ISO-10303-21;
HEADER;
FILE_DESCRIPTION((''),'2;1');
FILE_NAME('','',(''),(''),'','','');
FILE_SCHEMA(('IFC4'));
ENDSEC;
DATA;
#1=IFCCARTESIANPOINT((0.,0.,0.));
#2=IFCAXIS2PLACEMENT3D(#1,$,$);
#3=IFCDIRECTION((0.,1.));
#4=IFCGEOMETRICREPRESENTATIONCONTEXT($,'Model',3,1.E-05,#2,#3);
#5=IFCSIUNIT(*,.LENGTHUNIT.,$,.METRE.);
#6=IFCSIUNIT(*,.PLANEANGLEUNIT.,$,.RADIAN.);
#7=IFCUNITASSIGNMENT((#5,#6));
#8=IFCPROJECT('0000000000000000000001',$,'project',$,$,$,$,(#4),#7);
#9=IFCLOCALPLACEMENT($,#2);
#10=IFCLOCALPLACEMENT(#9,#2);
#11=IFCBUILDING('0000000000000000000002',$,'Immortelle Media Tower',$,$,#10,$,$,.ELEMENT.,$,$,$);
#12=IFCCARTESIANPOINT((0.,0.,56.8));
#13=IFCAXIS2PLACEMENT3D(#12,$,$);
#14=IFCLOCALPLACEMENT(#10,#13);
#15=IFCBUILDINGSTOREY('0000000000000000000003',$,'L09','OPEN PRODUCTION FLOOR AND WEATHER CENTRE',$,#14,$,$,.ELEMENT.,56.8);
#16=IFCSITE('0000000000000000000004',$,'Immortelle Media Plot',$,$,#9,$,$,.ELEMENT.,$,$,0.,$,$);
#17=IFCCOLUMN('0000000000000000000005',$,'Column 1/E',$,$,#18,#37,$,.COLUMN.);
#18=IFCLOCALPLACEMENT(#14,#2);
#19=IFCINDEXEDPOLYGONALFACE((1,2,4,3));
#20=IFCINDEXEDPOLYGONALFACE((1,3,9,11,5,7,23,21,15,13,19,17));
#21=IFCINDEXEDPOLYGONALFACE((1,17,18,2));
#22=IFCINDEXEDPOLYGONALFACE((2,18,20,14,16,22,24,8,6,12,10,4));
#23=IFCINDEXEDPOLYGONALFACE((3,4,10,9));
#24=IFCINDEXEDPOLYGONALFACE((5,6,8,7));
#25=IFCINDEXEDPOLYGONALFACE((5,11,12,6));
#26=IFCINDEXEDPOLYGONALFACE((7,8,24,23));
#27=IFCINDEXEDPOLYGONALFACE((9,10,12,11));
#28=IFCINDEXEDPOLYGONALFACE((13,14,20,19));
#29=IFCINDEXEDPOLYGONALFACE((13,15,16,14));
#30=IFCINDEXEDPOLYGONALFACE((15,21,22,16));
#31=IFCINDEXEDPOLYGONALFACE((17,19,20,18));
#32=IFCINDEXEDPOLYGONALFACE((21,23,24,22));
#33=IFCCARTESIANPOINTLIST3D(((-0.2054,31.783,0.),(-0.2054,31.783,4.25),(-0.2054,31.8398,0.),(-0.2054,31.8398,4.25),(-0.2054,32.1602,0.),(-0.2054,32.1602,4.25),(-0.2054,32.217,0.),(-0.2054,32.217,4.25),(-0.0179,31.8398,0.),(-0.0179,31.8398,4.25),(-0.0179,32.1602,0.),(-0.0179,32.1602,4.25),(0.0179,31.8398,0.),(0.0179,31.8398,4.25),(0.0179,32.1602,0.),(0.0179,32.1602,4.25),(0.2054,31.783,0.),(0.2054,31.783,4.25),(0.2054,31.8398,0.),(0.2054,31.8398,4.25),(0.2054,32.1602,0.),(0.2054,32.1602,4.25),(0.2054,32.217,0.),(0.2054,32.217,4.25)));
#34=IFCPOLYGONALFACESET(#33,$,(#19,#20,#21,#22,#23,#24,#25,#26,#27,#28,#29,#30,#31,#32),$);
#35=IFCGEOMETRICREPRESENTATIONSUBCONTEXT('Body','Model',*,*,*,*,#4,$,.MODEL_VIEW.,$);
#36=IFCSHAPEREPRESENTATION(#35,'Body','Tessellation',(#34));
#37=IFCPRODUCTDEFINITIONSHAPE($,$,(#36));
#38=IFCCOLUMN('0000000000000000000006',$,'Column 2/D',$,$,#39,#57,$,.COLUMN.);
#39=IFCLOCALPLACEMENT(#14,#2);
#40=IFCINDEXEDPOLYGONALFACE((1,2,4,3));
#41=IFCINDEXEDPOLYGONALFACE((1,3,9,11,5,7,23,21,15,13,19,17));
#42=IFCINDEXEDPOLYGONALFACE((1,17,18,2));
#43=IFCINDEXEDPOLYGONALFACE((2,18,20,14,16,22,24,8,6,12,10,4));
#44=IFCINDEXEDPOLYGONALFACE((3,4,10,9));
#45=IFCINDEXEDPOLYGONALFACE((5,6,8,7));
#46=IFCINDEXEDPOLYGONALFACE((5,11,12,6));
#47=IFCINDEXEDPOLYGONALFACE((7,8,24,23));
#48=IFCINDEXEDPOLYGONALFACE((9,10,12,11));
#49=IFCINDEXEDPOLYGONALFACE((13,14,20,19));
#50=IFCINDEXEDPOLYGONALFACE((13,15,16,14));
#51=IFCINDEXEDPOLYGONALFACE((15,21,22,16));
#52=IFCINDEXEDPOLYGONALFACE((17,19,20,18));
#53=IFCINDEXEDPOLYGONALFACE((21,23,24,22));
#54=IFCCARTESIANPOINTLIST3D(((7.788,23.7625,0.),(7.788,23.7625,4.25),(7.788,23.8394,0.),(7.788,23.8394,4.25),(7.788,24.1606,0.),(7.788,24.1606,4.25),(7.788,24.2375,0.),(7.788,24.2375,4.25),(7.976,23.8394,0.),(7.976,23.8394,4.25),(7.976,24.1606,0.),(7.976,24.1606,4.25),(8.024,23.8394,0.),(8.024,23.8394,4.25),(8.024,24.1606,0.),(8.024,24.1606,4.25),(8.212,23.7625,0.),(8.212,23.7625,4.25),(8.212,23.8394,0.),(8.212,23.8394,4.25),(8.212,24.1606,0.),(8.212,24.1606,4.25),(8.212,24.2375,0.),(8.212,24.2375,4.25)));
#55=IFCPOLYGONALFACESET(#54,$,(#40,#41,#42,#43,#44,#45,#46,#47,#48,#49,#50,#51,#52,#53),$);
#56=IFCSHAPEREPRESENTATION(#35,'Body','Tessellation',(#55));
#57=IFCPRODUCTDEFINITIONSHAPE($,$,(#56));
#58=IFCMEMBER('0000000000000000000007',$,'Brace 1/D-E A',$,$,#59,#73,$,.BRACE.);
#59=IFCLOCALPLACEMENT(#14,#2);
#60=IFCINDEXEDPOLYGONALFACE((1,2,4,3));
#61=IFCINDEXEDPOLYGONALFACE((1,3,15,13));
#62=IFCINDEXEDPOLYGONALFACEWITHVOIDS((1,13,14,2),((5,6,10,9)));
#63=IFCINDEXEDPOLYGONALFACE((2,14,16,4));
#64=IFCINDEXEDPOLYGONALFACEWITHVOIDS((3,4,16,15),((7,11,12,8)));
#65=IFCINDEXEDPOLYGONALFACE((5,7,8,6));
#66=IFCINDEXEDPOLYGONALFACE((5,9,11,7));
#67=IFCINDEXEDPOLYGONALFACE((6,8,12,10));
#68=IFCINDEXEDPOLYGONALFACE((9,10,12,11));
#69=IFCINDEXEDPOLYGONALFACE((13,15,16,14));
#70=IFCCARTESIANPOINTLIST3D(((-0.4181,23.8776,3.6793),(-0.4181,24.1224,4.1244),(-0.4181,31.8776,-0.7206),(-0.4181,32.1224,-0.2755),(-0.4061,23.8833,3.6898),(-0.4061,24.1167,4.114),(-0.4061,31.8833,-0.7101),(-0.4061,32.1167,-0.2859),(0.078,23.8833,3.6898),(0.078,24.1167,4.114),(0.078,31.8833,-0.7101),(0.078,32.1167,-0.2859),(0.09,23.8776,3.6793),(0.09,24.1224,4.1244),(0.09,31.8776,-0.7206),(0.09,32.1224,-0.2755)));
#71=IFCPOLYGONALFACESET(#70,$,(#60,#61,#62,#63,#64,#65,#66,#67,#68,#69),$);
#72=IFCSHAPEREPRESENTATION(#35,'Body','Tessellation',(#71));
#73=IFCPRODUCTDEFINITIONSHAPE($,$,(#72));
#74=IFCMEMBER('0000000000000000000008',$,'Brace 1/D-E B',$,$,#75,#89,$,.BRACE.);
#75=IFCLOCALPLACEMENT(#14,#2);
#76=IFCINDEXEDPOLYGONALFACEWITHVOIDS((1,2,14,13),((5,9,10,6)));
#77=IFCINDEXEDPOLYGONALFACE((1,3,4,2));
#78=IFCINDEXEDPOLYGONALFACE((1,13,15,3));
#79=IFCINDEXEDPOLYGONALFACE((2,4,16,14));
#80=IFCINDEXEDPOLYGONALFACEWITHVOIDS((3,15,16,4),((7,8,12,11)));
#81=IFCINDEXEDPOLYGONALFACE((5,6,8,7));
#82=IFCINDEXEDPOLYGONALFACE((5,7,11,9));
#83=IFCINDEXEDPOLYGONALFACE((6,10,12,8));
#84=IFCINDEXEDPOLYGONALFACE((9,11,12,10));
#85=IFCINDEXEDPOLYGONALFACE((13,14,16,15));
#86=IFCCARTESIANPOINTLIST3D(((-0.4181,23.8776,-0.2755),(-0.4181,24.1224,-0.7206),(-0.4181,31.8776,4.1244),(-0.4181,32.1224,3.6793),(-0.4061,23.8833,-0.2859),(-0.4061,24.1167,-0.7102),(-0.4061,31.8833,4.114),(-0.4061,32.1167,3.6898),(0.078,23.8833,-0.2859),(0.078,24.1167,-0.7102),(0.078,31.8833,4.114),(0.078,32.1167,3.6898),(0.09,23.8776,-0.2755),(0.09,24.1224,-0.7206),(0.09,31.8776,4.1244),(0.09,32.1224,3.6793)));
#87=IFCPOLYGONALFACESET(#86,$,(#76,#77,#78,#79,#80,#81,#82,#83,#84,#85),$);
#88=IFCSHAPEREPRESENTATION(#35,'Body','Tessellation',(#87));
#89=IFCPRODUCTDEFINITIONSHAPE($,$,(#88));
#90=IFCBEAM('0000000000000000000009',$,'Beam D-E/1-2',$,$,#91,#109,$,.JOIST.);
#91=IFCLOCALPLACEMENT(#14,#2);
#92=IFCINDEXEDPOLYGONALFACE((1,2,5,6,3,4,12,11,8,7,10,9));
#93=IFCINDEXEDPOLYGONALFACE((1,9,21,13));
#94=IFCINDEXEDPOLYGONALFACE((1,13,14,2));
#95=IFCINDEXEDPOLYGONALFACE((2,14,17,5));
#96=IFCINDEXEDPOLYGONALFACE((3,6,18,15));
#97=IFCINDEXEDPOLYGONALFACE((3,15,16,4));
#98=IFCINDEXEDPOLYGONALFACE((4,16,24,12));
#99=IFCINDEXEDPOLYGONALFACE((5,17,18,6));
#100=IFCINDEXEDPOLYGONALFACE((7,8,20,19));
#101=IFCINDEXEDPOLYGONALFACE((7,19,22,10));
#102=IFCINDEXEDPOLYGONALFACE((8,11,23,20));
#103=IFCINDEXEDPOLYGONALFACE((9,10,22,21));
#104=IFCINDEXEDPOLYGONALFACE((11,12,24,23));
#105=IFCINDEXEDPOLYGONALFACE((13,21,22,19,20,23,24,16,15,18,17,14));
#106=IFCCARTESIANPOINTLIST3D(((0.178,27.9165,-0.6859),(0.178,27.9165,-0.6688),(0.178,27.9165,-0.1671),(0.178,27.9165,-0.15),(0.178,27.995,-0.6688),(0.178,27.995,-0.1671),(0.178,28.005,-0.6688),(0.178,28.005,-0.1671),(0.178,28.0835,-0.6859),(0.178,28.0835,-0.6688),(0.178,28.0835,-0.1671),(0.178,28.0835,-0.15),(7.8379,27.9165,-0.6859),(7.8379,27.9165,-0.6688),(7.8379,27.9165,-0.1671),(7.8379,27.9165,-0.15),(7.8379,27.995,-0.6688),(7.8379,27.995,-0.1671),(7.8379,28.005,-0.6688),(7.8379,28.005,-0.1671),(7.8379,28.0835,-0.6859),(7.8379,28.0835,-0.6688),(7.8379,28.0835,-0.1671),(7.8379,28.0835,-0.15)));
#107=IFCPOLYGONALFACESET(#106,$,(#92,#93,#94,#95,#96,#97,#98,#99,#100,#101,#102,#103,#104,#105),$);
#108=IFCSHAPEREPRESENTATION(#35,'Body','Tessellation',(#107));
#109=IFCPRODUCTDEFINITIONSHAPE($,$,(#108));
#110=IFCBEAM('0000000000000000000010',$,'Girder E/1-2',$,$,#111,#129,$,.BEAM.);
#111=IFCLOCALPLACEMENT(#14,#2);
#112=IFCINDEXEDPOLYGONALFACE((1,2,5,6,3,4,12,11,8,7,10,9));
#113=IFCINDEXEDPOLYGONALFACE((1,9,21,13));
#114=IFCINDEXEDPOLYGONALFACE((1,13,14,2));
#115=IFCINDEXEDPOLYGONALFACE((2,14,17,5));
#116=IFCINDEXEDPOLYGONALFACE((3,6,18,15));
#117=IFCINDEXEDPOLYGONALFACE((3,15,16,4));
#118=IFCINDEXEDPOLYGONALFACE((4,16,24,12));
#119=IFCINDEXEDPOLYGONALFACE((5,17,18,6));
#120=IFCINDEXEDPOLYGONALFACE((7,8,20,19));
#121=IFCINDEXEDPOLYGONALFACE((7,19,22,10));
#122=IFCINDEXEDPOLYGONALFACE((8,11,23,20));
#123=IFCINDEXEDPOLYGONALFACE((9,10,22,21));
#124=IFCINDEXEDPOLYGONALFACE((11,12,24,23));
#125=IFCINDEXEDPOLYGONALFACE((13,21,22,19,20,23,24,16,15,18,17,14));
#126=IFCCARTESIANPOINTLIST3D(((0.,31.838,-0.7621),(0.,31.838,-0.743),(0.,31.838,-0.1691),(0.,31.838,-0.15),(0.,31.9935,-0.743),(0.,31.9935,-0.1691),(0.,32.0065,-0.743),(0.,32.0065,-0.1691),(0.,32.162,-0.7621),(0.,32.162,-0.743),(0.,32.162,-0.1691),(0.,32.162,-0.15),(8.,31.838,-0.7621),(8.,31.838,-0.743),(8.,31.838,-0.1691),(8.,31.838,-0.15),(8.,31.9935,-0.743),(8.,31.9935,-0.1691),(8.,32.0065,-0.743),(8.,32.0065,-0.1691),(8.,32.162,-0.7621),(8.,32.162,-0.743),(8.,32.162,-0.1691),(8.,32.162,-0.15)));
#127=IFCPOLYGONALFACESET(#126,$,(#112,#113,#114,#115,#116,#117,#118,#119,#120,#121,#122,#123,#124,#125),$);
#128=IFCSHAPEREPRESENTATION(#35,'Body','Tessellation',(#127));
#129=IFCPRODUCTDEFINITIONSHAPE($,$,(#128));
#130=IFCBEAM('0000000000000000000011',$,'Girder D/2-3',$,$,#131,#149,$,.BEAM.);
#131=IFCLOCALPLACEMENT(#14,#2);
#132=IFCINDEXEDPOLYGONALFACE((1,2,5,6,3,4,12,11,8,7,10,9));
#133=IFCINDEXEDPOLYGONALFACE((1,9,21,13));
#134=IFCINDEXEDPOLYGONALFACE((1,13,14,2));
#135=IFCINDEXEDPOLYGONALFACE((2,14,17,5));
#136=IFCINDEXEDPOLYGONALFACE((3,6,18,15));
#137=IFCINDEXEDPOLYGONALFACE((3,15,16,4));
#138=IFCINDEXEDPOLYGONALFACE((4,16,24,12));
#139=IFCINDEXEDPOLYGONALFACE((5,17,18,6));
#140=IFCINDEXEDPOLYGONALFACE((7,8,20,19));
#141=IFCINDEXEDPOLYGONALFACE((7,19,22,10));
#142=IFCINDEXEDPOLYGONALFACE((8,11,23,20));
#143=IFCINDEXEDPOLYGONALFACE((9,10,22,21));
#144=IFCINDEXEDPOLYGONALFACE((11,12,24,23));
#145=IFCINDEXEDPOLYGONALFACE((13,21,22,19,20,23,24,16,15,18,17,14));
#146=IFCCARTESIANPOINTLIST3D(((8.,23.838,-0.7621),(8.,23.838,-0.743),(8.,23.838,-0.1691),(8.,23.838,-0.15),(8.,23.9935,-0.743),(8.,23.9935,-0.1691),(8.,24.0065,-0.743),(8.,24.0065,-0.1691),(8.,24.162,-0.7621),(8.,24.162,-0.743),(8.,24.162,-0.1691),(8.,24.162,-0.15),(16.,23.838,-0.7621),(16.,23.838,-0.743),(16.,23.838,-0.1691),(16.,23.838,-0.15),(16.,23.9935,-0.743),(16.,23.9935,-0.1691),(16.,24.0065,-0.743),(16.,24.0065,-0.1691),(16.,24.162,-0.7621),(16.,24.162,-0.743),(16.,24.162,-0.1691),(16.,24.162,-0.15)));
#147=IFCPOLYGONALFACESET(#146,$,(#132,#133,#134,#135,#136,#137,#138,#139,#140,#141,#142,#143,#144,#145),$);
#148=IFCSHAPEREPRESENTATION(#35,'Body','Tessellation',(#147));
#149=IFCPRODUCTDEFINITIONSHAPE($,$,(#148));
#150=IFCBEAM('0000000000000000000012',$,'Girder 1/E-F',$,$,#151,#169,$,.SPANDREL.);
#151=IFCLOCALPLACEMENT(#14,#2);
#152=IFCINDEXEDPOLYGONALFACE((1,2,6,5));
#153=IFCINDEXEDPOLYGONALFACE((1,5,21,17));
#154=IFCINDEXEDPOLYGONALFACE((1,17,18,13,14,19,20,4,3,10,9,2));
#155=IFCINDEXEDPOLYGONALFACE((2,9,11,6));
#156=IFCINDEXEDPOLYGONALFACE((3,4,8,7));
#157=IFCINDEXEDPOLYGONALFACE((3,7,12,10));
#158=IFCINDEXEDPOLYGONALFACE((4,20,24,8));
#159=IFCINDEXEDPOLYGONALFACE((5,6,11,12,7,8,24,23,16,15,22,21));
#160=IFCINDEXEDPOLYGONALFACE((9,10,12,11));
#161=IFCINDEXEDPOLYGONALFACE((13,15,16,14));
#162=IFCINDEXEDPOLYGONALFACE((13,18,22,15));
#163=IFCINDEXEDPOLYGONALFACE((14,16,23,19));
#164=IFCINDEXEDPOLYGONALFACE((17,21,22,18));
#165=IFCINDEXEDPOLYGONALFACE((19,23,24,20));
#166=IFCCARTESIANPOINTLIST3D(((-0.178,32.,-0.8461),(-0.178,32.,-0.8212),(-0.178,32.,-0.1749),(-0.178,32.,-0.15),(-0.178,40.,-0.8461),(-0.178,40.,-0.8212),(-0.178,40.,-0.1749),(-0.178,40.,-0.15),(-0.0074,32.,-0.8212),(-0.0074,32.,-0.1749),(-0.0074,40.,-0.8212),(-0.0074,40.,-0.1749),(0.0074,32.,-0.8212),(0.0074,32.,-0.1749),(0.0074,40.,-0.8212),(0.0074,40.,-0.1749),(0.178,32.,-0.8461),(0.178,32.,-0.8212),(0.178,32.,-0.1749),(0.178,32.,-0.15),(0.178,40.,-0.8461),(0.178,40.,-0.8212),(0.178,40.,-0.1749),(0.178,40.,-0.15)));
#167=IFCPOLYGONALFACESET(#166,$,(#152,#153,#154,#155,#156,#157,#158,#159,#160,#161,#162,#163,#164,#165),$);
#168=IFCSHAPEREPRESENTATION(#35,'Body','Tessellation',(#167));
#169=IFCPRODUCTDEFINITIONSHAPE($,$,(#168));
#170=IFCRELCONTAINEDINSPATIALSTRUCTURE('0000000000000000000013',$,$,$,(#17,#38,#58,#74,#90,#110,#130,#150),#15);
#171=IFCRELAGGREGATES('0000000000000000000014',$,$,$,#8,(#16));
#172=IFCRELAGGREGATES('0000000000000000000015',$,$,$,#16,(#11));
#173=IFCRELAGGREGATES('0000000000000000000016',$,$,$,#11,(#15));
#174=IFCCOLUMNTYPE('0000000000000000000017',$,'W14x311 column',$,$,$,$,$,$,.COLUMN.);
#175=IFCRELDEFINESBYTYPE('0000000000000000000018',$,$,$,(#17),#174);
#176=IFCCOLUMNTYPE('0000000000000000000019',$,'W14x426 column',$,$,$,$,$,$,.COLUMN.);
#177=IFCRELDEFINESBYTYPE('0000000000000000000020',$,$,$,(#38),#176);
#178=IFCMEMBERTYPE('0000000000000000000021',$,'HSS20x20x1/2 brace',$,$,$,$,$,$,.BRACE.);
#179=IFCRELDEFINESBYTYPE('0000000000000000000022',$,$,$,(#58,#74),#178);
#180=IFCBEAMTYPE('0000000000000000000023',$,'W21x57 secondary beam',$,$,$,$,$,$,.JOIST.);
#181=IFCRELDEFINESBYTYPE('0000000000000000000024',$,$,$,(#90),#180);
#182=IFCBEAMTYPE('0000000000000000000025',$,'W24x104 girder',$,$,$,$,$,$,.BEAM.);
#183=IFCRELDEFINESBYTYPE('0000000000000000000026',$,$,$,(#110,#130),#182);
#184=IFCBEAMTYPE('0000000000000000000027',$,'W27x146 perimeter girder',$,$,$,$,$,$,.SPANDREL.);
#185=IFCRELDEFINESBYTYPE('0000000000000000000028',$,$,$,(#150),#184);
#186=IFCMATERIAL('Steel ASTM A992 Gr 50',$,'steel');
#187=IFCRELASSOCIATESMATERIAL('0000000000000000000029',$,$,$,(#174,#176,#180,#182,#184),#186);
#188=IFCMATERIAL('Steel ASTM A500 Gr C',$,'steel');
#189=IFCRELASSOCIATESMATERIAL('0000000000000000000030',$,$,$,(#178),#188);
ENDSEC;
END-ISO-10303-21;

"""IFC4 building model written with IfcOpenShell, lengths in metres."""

from ifc_helpers import new_model, si_unit, direction, frame, origin, origin_2d, place, context, subcontext, project, spatial, hollow_rectangle, i_section, extrude, material, material_profile, profile_set, type_object, element, save


model = new_model("IFC4")

# Units and contexts
model_context = context("Model", 3, precision=1e-05, world=origin(), true_north=direction((0.0, 1.0)))
body_context = subcontext(model_context, "Body", "Model", "MODEL_VIEW")
ifc_project = project(units=[si_unit("LENGTHUNIT", "METRE"), si_unit("PLANEANGLEUNIT", "RADIAN")], contexts=[model_context])

# Site, building, storey
site_placement = place(None, origin())
site = spatial("IfcSite", under=ifc_project, at=site_placement, Name="Immortelle Media Plot", CompositionType="ELEMENT", RefElevation=0.0)
building_placement = place(site_placement, origin())
building = spatial("IfcBuilding", under=site, at=building_placement, Name="Immortelle Media Tower", CompositionType="ELEMENT")
storey_placement = place(building_placement, frame((0.0, 0.0, 56.8)))
storey = spatial("IfcBuildingStorey", under=building, at=storey_placement, Name="L09", Description="OPEN PRODUCTION FLOOR AND WEATHER CENTRE", CompositionType="ELEMENT", Elevation=56.8)

# Columns
ifc_material_1 = material(Name="Steel ASTM A992 Gr 50", Category="steel")
ifc_material_profile_1 = material_profile(ifc_material_1, i_section(OverallWidth=0.4109, OverallDepth=0.4341, WebThickness=0.0359, FlangeThickness=0.0569, at=origin_2d()), Name="W14x311")
ifc_profile_set_1 = profile_set([ifc_material_profile_1], Name="Steel ASTM A992 Gr 50")
column_type_1 = type_object("IfcColumnType", Name="W14x311 column", PredefinedType="COLUMN", material=ifc_profile_set_1)
column_1_placement = place(storey_placement, frame((0.0, 32.0, 0.0), z_axis=(0.0, 0.0, 1.0), x_axis=(1.0, 0.0, 0.0)))
element("IfcColumn", 1, at=column_1_placement, inside=storey, type_object=column_type_1, Name="Column 1/E", PredefinedType="COLUMN", context=body_context, shape_type="SweptSolid", body=[
    extrude(i_section(OverallWidth=0.4109, OverallDepth=0.4341, WebThickness=0.0359, FlangeThickness=0.0569, at=origin_2d()), origin(), (0.0, 0.0, 1.0), 4.25),
])
ifc_material_profile_2 = material_profile(ifc_material_1, i_section(OverallWidth=0.4241, OverallDepth=0.4751, WebThickness=0.0481, FlangeThickness=0.0769, at=origin_2d()), Name="W14x426")
ifc_profile_set_2 = profile_set([ifc_material_profile_2], Name="Steel ASTM A992 Gr 50")
column_type_2 = type_object("IfcColumnType", Name="W14x426 column", PredefinedType="COLUMN", material=ifc_profile_set_2)
column_2_placement = place(storey_placement, frame((8.0, 24.0, 0.0), z_axis=(0.0, 0.0, 1.0), x_axis=(1.0, 0.0, 0.0)))
element("IfcColumn", 2, at=column_2_placement, inside=storey, type_object=column_type_2, Name="Column 2/D", PredefinedType="COLUMN", context=body_context, shape_type="SweptSolid", body=[
    extrude(i_section(OverallWidth=0.4241, OverallDepth=0.4751, WebThickness=0.0481, FlangeThickness=0.0769, at=origin_2d()), origin(), (0.0, 0.0, 1.0), 4.25),
])

# Members
ifc_material_2 = material(Name="Steel ASTM A500 Gr C", Category="steel")
ifc_material_profile_3 = material_profile(ifc_material_2, hollow_rectangle(XDim=0.5081, YDim=0.5081, WallThickness=0.012, at=origin_2d()), Name="HSS20x20x1/2 brace")
ifc_profile_set_3 = profile_set([ifc_material_profile_3], Name="Steel ASTM A500 Gr C")
member_type = type_object("IfcMemberType", Name="HSS20x20x1/2 brace", PredefinedType="BRACE", material=ifc_profile_set_3)
for number, where, z_axis, x_axis, name in (
    (3, (-0.1641, 32.0, -0.498), (0.0, -0.87622, 0.481911), (1.0, 0.0, 0.0), "Brace 1/D-E A"),
    (4, (-0.1641, 32.0, 3.9019), (0.0, -0.87622, -0.481911), (1.0, 0.0, 0.0), "Brace 1/D-E B"),
):
    element("IfcMember", number, at=place(storey_placement, frame(where, z_axis=z_axis, x_axis=x_axis)), inside=storey, type_object=member_type, Name=name, PredefinedType="BRACE", context=body_context, shape_type="SweptSolid", body=[
        extrude(hollow_rectangle(XDim=0.5081, YDim=0.5081, WallThickness=0.012, at=origin_2d()), origin(), (0.0, 0.0, 1.0), 9.1301),
    ])

# Beams
ifc_material_profile_4 = material_profile(ifc_material_1, i_section(OverallWidth=0.167, OverallDepth=0.5359, WebThickness=0.01, FlangeThickness=0.0171, at=origin_2d()), Name="W21x57")
ifc_profile_set_4 = profile_set([ifc_material_profile_4], Name="Steel ASTM A992 Gr 50")
beam_type_1 = type_object("IfcBeamType", Name="W21x57 secondary beam", PredefinedType="JOIST", material=ifc_profile_set_4)
beam_1_placement = place(storey_placement, frame((0.178, 28.0, -0.418), z_axis=(1.0, 0.0, 0.0), x_axis=(0.0, 1.0, 0.0)))
element("IfcBeam", 5, at=beam_1_placement, inside=storey, type_object=beam_type_1, Name="Beam D-E/1-2", PredefinedType="JOIST", context=body_context, shape_type="SweptSolid", body=[
    extrude(i_section(OverallWidth=0.167, OverallDepth=0.5359, WebThickness=0.01, FlangeThickness=0.0171, at=origin_2d()), origin(), (0.0, 0.0, 1.0), 7.6599),
])
ifc_material_profile_5 = material_profile(ifc_material_1, i_section(OverallWidth=0.324, OverallDepth=0.6121, WebThickness=0.0129, FlangeThickness=0.019, at=origin_2d()), Name="W24x104")
ifc_profile_set_5 = profile_set([ifc_material_profile_5], Name="Steel ASTM A992 Gr 50")
beam_type_2 = type_object("IfcBeamType", Name="W24x104 girder", PredefinedType="BEAM", material=ifc_profile_set_5)
for number, where, z_axis, x_axis, name in (
    (6, (0.0, 32.0, -0.4561), (1.0, 0.0, 0.0), (0.0, 1.0, 0.0), "Girder E/1-2"),
    (7, (8.0, 24.0, -0.4561), (1.0, 0.0, 0.0), (0.0, 1.0, 0.0), "Girder D/2-3"),
):
    element("IfcBeam", number, at=place(storey_placement, frame(where, z_axis=z_axis, x_axis=x_axis)), inside=storey, type_object=beam_type_2, Name=name, PredefinedType="BEAM", context=body_context, shape_type="SweptSolid", body=[
        extrude(i_section(OverallWidth=0.324, OverallDepth=0.6121, WebThickness=0.0129, FlangeThickness=0.019, at=origin_2d()), origin(), (0.0, 0.0, 1.0), 8.0),
    ])
ifc_material_profile_6 = material_profile(ifc_material_1, i_section(OverallWidth=0.356, OverallDepth=0.696, WebThickness=0.0149, FlangeThickness=0.0249, at=origin_2d()), Name="W27x146")
ifc_profile_set_6 = profile_set([ifc_material_profile_6], Name="Steel ASTM A992 Gr 50")
beam_type_3 = type_object("IfcBeamType", Name="W27x146 perimeter girder", PredefinedType="SPANDREL", material=ifc_profile_set_6)
beam_2_placement = place(storey_placement, frame((0.0, 32.0, -0.498), z_axis=(0.0, 1.0, 0.0), x_axis=(-1.0, 0.0, 0.0)))
element("IfcBeam", 8, at=beam_2_placement, inside=storey, type_object=beam_type_3, Name="Girder 1/E-F", PredefinedType="SPANDREL", context=body_context, shape_type="SweptSolid", body=[
    extrude(i_section(OverallWidth=0.356, OverallDepth=0.696, WebThickness=0.0149, FlangeThickness=0.0249, at=origin_2d()), origin(), (0.0, 0.0, 1.0), 8.0),
])

save(model, "model.ifc")
